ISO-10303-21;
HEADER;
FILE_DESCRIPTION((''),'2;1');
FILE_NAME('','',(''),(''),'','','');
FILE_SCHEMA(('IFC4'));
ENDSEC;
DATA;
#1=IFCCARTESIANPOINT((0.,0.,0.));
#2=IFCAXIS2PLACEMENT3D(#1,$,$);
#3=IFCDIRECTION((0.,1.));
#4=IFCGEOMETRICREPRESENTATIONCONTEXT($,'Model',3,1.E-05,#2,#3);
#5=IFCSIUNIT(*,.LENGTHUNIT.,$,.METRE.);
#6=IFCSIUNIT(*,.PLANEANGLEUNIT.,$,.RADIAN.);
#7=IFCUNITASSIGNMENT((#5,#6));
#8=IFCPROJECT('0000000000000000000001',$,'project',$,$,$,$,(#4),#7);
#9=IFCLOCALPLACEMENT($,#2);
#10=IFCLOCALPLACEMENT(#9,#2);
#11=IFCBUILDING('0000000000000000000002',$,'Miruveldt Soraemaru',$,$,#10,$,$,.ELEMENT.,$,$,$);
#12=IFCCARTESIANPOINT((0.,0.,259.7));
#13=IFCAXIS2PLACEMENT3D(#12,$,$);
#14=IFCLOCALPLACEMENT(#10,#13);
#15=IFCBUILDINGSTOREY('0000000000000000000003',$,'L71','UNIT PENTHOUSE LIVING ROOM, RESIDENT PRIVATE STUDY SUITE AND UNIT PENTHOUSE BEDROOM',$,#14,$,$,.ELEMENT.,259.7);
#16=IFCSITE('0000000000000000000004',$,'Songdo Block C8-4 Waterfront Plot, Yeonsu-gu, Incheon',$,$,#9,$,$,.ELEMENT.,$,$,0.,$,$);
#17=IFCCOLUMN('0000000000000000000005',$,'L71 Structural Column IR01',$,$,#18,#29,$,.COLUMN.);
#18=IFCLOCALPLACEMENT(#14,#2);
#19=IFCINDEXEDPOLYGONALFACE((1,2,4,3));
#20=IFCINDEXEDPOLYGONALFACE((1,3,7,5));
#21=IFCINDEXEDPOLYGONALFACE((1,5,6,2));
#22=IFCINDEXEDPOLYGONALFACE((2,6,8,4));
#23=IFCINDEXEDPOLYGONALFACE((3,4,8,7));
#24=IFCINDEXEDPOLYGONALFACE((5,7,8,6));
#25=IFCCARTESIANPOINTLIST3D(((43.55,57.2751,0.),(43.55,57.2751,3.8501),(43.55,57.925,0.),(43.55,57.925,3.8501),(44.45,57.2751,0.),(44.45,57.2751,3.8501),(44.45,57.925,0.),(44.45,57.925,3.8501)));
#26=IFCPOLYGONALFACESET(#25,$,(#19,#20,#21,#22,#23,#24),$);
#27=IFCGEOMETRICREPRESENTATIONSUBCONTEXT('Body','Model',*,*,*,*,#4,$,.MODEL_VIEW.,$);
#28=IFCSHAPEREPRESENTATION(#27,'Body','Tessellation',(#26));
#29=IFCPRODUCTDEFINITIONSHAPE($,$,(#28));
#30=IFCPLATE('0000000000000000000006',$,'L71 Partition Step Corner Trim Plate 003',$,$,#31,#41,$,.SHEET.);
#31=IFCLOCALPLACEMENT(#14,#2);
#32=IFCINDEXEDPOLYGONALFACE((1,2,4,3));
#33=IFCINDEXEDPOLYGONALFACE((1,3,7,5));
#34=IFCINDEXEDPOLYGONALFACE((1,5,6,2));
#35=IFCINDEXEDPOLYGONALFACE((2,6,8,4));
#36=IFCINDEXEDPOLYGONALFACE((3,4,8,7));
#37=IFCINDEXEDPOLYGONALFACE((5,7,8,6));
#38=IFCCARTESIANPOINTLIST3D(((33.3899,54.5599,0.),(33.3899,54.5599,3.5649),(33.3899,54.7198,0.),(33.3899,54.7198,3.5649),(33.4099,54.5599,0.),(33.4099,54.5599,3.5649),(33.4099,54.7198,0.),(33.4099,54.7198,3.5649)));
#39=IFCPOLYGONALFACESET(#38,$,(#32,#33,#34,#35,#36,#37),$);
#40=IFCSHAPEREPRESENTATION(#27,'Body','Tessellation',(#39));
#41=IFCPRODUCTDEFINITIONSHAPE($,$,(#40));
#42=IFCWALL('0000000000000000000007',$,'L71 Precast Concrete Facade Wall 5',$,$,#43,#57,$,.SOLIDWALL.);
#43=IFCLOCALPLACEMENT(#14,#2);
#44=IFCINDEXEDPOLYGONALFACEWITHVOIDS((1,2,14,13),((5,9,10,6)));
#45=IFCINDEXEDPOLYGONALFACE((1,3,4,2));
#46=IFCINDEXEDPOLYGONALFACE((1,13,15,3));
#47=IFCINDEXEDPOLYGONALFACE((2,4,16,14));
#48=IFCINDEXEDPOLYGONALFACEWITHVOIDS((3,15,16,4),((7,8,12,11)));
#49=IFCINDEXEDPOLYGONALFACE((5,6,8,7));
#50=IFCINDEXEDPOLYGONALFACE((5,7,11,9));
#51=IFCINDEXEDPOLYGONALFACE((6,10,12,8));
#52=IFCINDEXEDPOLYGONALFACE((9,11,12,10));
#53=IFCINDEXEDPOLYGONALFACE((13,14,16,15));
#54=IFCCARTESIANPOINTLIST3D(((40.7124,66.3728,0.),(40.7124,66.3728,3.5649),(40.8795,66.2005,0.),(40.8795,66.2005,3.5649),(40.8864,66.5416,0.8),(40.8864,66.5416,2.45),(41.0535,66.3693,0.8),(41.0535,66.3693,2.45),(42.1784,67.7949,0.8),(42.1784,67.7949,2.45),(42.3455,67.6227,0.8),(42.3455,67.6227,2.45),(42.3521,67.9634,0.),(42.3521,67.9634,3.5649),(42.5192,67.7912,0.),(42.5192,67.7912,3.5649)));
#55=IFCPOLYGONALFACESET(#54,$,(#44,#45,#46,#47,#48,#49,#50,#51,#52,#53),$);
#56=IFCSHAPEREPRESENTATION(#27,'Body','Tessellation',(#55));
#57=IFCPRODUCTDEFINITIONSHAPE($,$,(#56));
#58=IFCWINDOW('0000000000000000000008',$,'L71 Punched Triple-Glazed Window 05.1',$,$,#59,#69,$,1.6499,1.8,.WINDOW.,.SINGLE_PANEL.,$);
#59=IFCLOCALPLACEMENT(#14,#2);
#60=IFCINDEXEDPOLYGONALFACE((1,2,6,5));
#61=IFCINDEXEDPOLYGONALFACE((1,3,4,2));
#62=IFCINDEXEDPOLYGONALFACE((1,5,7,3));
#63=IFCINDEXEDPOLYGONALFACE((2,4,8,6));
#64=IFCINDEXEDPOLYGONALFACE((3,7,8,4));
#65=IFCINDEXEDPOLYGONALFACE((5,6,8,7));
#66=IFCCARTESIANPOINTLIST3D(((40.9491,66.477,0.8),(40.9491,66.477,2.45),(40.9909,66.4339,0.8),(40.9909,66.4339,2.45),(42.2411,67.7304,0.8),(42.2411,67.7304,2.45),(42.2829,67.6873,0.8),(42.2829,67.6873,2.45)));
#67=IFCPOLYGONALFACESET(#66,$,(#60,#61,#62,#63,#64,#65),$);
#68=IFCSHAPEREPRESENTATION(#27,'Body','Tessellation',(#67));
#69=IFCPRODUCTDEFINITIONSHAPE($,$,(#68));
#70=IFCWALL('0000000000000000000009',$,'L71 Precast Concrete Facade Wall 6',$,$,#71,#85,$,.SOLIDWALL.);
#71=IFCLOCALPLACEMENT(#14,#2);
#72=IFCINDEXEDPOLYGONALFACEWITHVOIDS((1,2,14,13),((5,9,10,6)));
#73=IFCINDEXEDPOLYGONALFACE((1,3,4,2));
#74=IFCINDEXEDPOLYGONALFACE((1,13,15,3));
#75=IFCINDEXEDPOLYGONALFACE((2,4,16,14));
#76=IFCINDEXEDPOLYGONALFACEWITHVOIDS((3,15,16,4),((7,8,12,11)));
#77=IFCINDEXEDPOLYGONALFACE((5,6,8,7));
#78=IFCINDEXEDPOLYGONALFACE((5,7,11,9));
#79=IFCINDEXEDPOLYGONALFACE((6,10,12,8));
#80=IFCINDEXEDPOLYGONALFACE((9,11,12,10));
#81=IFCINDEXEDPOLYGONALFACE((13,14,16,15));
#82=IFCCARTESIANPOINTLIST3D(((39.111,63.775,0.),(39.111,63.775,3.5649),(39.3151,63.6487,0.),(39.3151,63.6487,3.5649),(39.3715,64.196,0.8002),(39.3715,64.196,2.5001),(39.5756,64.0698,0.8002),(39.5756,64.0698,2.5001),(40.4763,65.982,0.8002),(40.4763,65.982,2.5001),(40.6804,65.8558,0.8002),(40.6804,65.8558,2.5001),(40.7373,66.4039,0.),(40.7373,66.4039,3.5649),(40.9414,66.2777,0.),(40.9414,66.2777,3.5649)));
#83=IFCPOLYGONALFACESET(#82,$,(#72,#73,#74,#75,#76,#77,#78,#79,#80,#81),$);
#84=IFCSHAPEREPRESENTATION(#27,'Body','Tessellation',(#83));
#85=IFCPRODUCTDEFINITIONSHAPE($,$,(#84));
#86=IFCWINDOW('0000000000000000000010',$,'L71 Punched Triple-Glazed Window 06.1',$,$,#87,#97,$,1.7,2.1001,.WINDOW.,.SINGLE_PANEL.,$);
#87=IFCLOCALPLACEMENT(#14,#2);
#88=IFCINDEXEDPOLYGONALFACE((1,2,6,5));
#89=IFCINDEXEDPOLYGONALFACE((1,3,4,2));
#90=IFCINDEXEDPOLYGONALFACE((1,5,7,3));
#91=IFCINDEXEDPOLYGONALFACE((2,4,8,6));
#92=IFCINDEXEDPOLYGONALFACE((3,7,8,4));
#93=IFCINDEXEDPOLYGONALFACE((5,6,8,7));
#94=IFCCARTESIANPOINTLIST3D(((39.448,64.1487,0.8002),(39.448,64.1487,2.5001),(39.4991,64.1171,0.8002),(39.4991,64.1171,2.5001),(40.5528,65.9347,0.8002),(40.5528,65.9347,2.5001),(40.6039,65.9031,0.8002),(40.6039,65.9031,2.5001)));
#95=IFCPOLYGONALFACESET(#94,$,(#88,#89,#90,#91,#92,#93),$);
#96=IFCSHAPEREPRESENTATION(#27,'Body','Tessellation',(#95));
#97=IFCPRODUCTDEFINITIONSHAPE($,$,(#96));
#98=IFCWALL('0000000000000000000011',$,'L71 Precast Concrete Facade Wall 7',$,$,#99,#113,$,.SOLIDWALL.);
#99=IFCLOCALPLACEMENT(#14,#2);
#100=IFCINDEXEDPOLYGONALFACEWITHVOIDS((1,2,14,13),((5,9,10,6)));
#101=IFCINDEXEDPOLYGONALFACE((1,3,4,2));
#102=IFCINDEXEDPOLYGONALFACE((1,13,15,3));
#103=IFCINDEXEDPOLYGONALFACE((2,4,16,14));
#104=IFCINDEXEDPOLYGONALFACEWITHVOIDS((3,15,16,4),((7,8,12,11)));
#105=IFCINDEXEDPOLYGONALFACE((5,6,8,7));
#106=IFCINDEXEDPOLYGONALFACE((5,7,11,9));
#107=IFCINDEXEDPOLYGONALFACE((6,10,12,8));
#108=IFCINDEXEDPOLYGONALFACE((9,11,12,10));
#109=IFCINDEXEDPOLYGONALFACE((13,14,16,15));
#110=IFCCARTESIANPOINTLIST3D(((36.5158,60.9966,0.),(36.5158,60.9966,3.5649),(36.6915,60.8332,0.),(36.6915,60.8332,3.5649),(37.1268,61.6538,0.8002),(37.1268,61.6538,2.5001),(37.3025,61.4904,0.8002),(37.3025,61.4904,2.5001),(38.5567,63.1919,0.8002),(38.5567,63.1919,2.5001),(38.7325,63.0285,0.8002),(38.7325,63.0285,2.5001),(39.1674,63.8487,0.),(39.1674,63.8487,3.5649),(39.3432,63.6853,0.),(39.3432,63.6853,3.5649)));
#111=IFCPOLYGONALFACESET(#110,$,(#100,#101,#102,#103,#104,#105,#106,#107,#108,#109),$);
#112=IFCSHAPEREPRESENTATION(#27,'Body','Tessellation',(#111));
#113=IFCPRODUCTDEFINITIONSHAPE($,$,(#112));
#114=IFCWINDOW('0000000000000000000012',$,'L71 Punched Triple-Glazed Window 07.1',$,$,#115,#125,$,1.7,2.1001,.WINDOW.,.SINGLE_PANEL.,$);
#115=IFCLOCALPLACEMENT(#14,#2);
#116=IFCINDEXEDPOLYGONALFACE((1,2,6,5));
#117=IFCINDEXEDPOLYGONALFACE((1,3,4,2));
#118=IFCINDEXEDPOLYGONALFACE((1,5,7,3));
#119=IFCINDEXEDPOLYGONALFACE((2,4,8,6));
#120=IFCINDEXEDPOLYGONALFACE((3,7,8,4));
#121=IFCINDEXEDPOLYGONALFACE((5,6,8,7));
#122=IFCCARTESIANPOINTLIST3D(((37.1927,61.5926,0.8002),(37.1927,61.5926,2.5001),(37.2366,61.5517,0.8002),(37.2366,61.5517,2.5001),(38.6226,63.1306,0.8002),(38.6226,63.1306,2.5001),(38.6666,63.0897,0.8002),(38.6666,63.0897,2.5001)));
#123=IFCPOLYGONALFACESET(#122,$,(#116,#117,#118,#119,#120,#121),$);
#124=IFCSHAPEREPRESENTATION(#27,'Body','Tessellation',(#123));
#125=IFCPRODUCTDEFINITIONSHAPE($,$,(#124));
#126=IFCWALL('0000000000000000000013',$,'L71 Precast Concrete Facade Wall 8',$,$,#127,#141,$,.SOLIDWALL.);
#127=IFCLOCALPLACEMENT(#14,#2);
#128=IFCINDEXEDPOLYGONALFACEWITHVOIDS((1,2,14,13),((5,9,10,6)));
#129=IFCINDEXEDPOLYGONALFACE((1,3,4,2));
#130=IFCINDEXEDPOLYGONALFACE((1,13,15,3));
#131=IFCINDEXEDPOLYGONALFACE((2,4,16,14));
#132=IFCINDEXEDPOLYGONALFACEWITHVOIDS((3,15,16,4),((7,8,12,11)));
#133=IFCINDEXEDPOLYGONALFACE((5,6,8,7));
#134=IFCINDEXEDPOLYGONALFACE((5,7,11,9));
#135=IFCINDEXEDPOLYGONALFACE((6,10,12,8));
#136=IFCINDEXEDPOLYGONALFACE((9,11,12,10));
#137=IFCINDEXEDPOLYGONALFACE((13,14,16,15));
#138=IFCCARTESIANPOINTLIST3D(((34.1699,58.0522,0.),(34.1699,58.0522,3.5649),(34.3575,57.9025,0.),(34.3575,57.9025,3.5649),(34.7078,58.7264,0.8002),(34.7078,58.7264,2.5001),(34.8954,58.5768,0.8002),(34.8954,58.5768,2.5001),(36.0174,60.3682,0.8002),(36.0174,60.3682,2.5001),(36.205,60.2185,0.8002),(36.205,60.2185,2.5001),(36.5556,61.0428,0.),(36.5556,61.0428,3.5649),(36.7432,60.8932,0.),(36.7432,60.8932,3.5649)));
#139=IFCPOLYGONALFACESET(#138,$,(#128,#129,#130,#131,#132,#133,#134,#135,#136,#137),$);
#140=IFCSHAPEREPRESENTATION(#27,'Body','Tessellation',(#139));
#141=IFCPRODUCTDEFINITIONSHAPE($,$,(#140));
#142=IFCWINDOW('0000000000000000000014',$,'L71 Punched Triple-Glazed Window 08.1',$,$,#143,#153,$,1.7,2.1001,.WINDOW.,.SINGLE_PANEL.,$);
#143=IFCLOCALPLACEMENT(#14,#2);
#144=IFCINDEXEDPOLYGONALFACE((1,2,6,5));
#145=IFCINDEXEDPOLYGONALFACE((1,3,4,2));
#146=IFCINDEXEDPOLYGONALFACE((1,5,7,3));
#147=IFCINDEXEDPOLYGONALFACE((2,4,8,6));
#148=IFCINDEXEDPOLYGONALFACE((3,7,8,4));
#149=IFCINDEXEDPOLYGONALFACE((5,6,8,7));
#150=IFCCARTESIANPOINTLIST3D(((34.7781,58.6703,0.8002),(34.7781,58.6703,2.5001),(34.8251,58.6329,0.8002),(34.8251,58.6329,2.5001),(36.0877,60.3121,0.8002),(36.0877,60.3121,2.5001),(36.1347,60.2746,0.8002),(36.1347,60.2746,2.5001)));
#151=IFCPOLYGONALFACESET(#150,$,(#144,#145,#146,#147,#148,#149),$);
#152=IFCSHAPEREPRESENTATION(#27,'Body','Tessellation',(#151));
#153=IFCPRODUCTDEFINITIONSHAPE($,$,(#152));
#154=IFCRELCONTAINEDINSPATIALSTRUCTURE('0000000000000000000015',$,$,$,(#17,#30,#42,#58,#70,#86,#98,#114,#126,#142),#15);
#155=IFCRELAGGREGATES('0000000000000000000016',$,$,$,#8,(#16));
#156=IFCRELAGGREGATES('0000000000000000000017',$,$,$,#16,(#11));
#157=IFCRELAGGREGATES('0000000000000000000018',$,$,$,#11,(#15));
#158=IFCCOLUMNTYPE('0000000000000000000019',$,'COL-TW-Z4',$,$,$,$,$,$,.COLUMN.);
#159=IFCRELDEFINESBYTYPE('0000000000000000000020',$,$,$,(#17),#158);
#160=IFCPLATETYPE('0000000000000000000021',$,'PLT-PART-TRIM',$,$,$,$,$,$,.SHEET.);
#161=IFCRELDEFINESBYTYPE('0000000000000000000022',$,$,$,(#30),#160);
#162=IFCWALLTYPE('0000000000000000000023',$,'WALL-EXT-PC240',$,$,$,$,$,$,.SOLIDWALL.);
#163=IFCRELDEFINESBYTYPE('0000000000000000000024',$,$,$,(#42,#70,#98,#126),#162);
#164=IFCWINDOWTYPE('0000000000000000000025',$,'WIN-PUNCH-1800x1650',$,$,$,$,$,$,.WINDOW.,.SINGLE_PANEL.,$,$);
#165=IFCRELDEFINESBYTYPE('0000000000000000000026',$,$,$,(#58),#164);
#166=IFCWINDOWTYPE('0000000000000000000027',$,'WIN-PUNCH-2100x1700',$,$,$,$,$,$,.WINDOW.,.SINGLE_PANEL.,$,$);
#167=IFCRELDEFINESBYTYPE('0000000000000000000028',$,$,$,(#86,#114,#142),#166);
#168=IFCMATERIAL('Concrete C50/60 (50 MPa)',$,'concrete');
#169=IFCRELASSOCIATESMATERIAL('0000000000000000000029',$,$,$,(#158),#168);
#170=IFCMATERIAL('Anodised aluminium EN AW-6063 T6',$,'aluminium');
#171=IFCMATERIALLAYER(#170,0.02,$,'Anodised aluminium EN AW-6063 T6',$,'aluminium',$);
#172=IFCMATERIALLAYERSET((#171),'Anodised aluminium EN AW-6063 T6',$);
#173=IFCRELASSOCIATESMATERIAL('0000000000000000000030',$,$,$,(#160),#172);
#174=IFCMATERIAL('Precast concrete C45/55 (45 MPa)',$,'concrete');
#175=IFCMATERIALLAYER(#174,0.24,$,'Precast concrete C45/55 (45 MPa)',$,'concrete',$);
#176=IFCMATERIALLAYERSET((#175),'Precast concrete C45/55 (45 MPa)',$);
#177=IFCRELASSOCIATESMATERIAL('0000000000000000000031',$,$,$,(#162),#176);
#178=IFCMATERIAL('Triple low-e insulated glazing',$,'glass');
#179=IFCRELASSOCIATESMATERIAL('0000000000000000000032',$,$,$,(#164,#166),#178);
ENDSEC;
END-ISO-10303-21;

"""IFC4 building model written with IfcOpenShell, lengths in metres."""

from ifc_helpers import new_model, si_unit, direction, frame, frame_2d, origin, origin_2d, place, context, subcontext, project, spatial, rectangle, extrude, material, layer, layer_set, material_profile, profile_set, type_object, element, fill, save


model = new_model("IFC4")

# Units and contexts
model_context = context("Model", 3, precision=1e-05, world=origin(), true_north=direction((0.0, 1.0)))
body_context = subcontext(model_context, "Body", "Model", "MODEL_VIEW")
ifc_project = project(units=[si_unit("LENGTHUNIT", "METRE"), si_unit("PLANEANGLEUNIT", "RADIAN")], contexts=[model_context])

# Site, building, storey
site_placement = place(None, origin())
site = spatial("IfcSite", under=ifc_project, at=site_placement, Name="Songdo Block C8-4 Waterfront Plot, Yeonsu-gu, Incheon", CompositionType="ELEMENT", RefElevation=0.0)
building_placement = place(site_placement, origin())
building = spatial("IfcBuilding", under=site, at=building_placement, Name="Miruveldt Soraemaru", CompositionType="ELEMENT")
storey_placement = place(building_placement, frame((0.0, 0.0, 259.7)))
storey = spatial("IfcBuildingStorey", under=building, at=storey_placement, Name="L71", Description="UNIT PENTHOUSE LIVING ROOM, RESIDENT PRIVATE STUDY SUITE AND UNIT PENTHOUSE BEDROOM", CompositionType="ELEMENT", Elevation=259.7)

# Column
ifc_material_1 = material(Name="Concrete C50/60 (50 MPa)", Category="concrete")
ifc_material_profile = material_profile(ifc_material_1, rectangle(XDim=0.8999, YDim=0.6499, at=origin_2d()), Name="Concrete C50/60 (50 MPa)", Category="concrete")
ifc_profile_set = profile_set([ifc_material_profile], Name="Concrete C50/60 (50 MPa)")
column_type = type_object("IfcColumnType", Name="COL-TW-Z4", PredefinedType="COLUMN", material=ifc_profile_set)
column_placement = place(storey_placement, frame((44.0, 57.6001, 0.0), z_axis=(0.0, 0.0, 1.0), x_axis=(1.0, 0.0, 0.0)))
element("IfcColumn", 1, at=column_placement, inside=storey, type_object=column_type, Name="L71 Structural Column IR01", PredefinedType="COLUMN", context=body_context, shape_type="SweptSolid", body=[
    extrude(rectangle(XDim=0.8999, YDim=0.6499, at=origin_2d()), origin(), (0.0, 0.0, 1.0), 3.8501),
])

# Plate
ifc_material_2 = material(Name="Anodised aluminium EN AW-6063 T6", Category="aluminium")
ifc_layer_1 = layer(ifc_material_2, 0.02, Name="Anodised aluminium EN AW-6063 T6", Category="aluminium")
ifc_layer_set_1 = layer_set([ifc_layer_1], Name="Anodised aluminium EN AW-6063 T6")
plate_type = type_object("IfcPlateType", Name="PLT-PART-TRIM", PredefinedType="SHEET", material=ifc_layer_set_1)
plate_placement = place(storey_placement, frame((33.3999, 54.6399, 0.0), z_axis=(0.0, 0.0, 1.0), x_axis=(0.0, -1.0, 0.0)))
element("IfcPlate", 2, at=plate_placement, inside=storey, type_object=plate_type, Name="L71 Partition Step Corner Trim Plate 003", PredefinedType="SHEET", context=body_context, shape_type="SweptSolid", body=[
    extrude(rectangle(XDim=0.1599, YDim=0.02, at=origin_2d()), origin(), (0.0, 0.0, 1.0), 3.5649),
])

# Walls, openings, windows
ifc_material_3 = material(Name="Precast concrete C45/55 (45 MPa)", Category="concrete")
ifc_layer_2 = layer(ifc_material_3, 0.24, Name="Precast concrete C45/55 (45 MPa)", Category="concrete")
ifc_layer_set_2 = layer_set([ifc_layer_2], Name="Precast concrete C45/55 (45 MPa)")
wall_type_1 = type_object("IfcWallType", Name="WALL-EXT-PC240", PredefinedType="SOLIDWALL", material=ifc_layer_set_2)
wall_1_placement = place(storey_placement, frame((42.4355, 67.8772, 0.0), z_axis=(0.0, 0.0, 1.0), x_axis=(-0.717766, -0.696284, 0.0)))
wall_1 = element("IfcWall", 3, at=wall_1_placement, inside=storey, type_object=wall_type_1, Name="L71 Precast Concrete Facade Wall 5", PredefinedType="SOLIDWALL", context=body_context, shape_type="SweptSolid", body=[
    extrude(rectangle(XDim=2.2844, YDim=0.24, at=frame_2d((1.1421, 0.0))), origin(), (0.0, 0.0, 1.0), 3.5649),
])
opening_1_placement = place(wall_1_placement, frame((0.2419, 0.0, 0.8)))
opening_1 = element("IfcOpeningElement", 4, at=opening_1_placement, cuts=wall_1, PredefinedType="OPENING", context=body_context, shape_type="SweptSolid", body=[
    extrude(rectangle(XDim=1.8, YDim=1.6499, at=frame_2d((0.8999, 0.825))), frame((0.0, 0.1299, 0.0), z_axis=(0.0, -1.0, 0.0), x_axis=(1.0, 0.0, 0.0)), (0.0, 0.0, 1.0), 0.26),
])
ifc_material_4 = material(Name="Triple low-e insulated glazing", Category="glass")
window_type_1 = type_object("IfcWindowType", Name="WIN-PUNCH-1800x1650", PartitioningType="SINGLE_PANEL", PredefinedType="WINDOW", material=ifc_material_4)
window_1_placement = place(opening_1_placement, origin())
window_1 = element("IfcWindow", 5, at=window_1_placement, inside=storey, type_object=window_type_1, Name="L71 Punched Triple-Glazed Window 05.1", OverallHeight=1.6499, OverallWidth=1.8, PartitioningType="SINGLE_PANEL", PredefinedType="WINDOW", context=body_context, shape_type="SweptSolid", body=[
    extrude(rectangle(XDim=1.8, YDim=1.6499, at=frame_2d((0.8999, 0.825))), frame((0.0, 0.03, 0.0), z_axis=(0.0, -1.0, 0.0), x_axis=(1.0, 0.0, 0.0)), (0.0, 0.0, 1.0), 0.0601),
])
fill(opening_1, window_1)
wall_2_placement = place(storey_placement, frame((40.8394, 66.3408, 0.0), z_axis=(0.0, 0.0, 1.0), x_axis=(-0.526075, -0.850438, 0.0)))
wall_2 = element("IfcWall", 6, at=wall_2_placement, inside=storey, type_object=wall_type_1, Name="L71 Precast Concrete Facade Wall 6", PredefinedType="SOLIDWALL", context=body_context, shape_type="SweptSolid", body=[
    extrude(rectangle(XDim=3.0913, YDim=0.24, at=frame_2d((1.5457, 0.0))), origin(), (0.0, 0.0, 1.0), 3.5649),
])
opening_2_placement = place(wall_2_placement, frame((0.4961, 0.0, 0.8)))
opening_2 = element("IfcOpeningElement", 7, at=opening_2_placement, cuts=wall_2, PredefinedType="OPENING", context=body_context, shape_type="SweptSolid", body=[
    extrude(rectangle(XDim=2.1001, YDim=1.7, at=frame_2d((1.05, 0.8501))), frame((0.0, 0.1299, 0.0), z_axis=(0.0, -1.0, 0.0), x_axis=(1.0, 0.0, 0.0)), (0.0, 0.0, 1.0), 0.26),
])
window_type_2 = type_object("IfcWindowType", Name="WIN-PUNCH-2100x1700", PartitioningType="SINGLE_PANEL", PredefinedType="WINDOW", material=ifc_material_4)
window_2_placement = place(opening_2_placement, origin())
window_2 = element("IfcWindow", 8, at=window_2_placement, inside=storey, type_object=window_type_2, Name="L71 Punched Triple-Glazed Window 06.1", OverallHeight=1.7, OverallWidth=2.1001, PartitioningType="SINGLE_PANEL", PredefinedType="WINDOW", context=body_context, shape_type="SweptSolid", body=[
    extrude(rectangle(XDim=2.1001, YDim=1.7, at=frame_2d((1.05, 0.8501))), frame((0.0, 0.03, 0.0), z_axis=(0.0, -1.0, 0.0), x_axis=(1.0, 0.0, 0.0)), (0.0, 0.0, 1.0), 0.0601),
])
fill(opening_2, window_2)
wall_3_placement = place(storey_placement, frame((39.2554, 63.7671, 0.0), z_axis=(0.0, 0.0, 1.0), x_axis=(-0.680903, -0.732374, 0.0)))
wall_3 = element("IfcWall", 9, at=wall_3_placement, inside=storey, type_object=wall_type_1, Name="L71 Precast Concrete Facade Wall 7", PredefinedType="SOLIDWALL", context=body_context, shape_type="SweptSolid", body=[
    extrude(rectangle(XDim=3.8943, YDim=0.24, at=frame_2d((1.9473, 0.0))), origin(), (0.0, 0.0, 1.0), 3.5649),
])
opening_3_placement = place(wall_3_placement, frame((0.897, 0.0, 0.8)))
opening_3 = element("IfcOpeningElement", 10, at=opening_3_placement, cuts=wall_3, PredefinedType="OPENING", context=body_context, shape_type="SweptSolid", body=[
    extrude(rectangle(XDim=2.1001, YDim=1.7, at=frame_2d((1.05, 0.8501))), frame((0.0, 0.1299, 0.0), z_axis=(0.0, -1.0, 0.0), x_axis=(1.0, 0.0, 0.0)), (0.0, 0.0, 1.0), 0.26),
])
window_3_placement = place(opening_3_placement, origin())
window_3 = element("IfcWindow", 11, at=window_3_placement, inside=storey, type_object=window_type_2, Name="L71 Punched Triple-Glazed Window 07.1", OverallHeight=1.7, OverallWidth=2.1001, PartitioningType="SINGLE_PANEL", PredefinedType="WINDOW", context=body_context, shape_type="SweptSolid", body=[
    extrude(rectangle(XDim=2.1001, YDim=1.7, at=frame_2d((1.05, 0.8501))), frame((0.0, 0.03, 0.0), z_axis=(0.0, -1.0, 0.0), x_axis=(1.0, 0.0, 0.0)), (0.0, 0.0, 1.0), 0.0601),
])
fill(opening_3, window_3)
wall_4_placement = place(storey_placement, frame((36.6494, 60.968, 0.0), z_axis=(0.0, 0.0, 1.0), x_axis=(-0.623605, -0.78174, 0.0)))
wall_4 = element("IfcWall", 12, at=wall_4_placement, inside=storey, type_object=wall_type_1, Name="L71 Precast Concrete Facade Wall 8", PredefinedType="SOLIDWALL", context=body_context, shape_type="SweptSolid", body=[
    extrude(rectangle(XDim=3.8257, YDim=0.24, at=frame_2d((1.9128, 0.0))), origin(), (0.0, 0.0, 1.0), 3.5649),
])
opening_4_placement = place(wall_4_placement, frame((0.863, 0.0, 0.8)))
opening_4 = element("IfcOpeningElement", 13, at=opening_4_placement, cuts=wall_4, PredefinedType="OPENING", context=body_context, shape_type="SweptSolid", body=[
    extrude(rectangle(XDim=2.1001, YDim=1.7, at=frame_2d((1.05, 0.8501))), frame((0.0, 0.1299, 0.0), z_axis=(0.0, -1.0, 0.0), x_axis=(1.0, 0.0, 0.0)), (0.0, 0.0, 1.0), 0.26),
])
window_4_placement = place(opening_4_placement, origin())
window_4 = element("IfcWindow", 14, at=window_4_placement, inside=storey, type_object=window_type_2, Name="L71 Punched Triple-Glazed Window 08.1", OverallHeight=1.7, OverallWidth=2.1001, PartitioningType="SINGLE_PANEL", PredefinedType="WINDOW", context=body_context, shape_type="SweptSolid", body=[
    extrude(rectangle(XDim=2.1001, YDim=1.7, at=frame_2d((1.05, 0.8501))), frame((0.0, 0.03, 0.0), z_axis=(0.0, -1.0, 0.0), x_axis=(1.0, 0.0, 0.0)), (0.0, 0.0, 1.0), 0.0601),
])
fill(opening_4, window_4)

save(model, "model.ifc")
